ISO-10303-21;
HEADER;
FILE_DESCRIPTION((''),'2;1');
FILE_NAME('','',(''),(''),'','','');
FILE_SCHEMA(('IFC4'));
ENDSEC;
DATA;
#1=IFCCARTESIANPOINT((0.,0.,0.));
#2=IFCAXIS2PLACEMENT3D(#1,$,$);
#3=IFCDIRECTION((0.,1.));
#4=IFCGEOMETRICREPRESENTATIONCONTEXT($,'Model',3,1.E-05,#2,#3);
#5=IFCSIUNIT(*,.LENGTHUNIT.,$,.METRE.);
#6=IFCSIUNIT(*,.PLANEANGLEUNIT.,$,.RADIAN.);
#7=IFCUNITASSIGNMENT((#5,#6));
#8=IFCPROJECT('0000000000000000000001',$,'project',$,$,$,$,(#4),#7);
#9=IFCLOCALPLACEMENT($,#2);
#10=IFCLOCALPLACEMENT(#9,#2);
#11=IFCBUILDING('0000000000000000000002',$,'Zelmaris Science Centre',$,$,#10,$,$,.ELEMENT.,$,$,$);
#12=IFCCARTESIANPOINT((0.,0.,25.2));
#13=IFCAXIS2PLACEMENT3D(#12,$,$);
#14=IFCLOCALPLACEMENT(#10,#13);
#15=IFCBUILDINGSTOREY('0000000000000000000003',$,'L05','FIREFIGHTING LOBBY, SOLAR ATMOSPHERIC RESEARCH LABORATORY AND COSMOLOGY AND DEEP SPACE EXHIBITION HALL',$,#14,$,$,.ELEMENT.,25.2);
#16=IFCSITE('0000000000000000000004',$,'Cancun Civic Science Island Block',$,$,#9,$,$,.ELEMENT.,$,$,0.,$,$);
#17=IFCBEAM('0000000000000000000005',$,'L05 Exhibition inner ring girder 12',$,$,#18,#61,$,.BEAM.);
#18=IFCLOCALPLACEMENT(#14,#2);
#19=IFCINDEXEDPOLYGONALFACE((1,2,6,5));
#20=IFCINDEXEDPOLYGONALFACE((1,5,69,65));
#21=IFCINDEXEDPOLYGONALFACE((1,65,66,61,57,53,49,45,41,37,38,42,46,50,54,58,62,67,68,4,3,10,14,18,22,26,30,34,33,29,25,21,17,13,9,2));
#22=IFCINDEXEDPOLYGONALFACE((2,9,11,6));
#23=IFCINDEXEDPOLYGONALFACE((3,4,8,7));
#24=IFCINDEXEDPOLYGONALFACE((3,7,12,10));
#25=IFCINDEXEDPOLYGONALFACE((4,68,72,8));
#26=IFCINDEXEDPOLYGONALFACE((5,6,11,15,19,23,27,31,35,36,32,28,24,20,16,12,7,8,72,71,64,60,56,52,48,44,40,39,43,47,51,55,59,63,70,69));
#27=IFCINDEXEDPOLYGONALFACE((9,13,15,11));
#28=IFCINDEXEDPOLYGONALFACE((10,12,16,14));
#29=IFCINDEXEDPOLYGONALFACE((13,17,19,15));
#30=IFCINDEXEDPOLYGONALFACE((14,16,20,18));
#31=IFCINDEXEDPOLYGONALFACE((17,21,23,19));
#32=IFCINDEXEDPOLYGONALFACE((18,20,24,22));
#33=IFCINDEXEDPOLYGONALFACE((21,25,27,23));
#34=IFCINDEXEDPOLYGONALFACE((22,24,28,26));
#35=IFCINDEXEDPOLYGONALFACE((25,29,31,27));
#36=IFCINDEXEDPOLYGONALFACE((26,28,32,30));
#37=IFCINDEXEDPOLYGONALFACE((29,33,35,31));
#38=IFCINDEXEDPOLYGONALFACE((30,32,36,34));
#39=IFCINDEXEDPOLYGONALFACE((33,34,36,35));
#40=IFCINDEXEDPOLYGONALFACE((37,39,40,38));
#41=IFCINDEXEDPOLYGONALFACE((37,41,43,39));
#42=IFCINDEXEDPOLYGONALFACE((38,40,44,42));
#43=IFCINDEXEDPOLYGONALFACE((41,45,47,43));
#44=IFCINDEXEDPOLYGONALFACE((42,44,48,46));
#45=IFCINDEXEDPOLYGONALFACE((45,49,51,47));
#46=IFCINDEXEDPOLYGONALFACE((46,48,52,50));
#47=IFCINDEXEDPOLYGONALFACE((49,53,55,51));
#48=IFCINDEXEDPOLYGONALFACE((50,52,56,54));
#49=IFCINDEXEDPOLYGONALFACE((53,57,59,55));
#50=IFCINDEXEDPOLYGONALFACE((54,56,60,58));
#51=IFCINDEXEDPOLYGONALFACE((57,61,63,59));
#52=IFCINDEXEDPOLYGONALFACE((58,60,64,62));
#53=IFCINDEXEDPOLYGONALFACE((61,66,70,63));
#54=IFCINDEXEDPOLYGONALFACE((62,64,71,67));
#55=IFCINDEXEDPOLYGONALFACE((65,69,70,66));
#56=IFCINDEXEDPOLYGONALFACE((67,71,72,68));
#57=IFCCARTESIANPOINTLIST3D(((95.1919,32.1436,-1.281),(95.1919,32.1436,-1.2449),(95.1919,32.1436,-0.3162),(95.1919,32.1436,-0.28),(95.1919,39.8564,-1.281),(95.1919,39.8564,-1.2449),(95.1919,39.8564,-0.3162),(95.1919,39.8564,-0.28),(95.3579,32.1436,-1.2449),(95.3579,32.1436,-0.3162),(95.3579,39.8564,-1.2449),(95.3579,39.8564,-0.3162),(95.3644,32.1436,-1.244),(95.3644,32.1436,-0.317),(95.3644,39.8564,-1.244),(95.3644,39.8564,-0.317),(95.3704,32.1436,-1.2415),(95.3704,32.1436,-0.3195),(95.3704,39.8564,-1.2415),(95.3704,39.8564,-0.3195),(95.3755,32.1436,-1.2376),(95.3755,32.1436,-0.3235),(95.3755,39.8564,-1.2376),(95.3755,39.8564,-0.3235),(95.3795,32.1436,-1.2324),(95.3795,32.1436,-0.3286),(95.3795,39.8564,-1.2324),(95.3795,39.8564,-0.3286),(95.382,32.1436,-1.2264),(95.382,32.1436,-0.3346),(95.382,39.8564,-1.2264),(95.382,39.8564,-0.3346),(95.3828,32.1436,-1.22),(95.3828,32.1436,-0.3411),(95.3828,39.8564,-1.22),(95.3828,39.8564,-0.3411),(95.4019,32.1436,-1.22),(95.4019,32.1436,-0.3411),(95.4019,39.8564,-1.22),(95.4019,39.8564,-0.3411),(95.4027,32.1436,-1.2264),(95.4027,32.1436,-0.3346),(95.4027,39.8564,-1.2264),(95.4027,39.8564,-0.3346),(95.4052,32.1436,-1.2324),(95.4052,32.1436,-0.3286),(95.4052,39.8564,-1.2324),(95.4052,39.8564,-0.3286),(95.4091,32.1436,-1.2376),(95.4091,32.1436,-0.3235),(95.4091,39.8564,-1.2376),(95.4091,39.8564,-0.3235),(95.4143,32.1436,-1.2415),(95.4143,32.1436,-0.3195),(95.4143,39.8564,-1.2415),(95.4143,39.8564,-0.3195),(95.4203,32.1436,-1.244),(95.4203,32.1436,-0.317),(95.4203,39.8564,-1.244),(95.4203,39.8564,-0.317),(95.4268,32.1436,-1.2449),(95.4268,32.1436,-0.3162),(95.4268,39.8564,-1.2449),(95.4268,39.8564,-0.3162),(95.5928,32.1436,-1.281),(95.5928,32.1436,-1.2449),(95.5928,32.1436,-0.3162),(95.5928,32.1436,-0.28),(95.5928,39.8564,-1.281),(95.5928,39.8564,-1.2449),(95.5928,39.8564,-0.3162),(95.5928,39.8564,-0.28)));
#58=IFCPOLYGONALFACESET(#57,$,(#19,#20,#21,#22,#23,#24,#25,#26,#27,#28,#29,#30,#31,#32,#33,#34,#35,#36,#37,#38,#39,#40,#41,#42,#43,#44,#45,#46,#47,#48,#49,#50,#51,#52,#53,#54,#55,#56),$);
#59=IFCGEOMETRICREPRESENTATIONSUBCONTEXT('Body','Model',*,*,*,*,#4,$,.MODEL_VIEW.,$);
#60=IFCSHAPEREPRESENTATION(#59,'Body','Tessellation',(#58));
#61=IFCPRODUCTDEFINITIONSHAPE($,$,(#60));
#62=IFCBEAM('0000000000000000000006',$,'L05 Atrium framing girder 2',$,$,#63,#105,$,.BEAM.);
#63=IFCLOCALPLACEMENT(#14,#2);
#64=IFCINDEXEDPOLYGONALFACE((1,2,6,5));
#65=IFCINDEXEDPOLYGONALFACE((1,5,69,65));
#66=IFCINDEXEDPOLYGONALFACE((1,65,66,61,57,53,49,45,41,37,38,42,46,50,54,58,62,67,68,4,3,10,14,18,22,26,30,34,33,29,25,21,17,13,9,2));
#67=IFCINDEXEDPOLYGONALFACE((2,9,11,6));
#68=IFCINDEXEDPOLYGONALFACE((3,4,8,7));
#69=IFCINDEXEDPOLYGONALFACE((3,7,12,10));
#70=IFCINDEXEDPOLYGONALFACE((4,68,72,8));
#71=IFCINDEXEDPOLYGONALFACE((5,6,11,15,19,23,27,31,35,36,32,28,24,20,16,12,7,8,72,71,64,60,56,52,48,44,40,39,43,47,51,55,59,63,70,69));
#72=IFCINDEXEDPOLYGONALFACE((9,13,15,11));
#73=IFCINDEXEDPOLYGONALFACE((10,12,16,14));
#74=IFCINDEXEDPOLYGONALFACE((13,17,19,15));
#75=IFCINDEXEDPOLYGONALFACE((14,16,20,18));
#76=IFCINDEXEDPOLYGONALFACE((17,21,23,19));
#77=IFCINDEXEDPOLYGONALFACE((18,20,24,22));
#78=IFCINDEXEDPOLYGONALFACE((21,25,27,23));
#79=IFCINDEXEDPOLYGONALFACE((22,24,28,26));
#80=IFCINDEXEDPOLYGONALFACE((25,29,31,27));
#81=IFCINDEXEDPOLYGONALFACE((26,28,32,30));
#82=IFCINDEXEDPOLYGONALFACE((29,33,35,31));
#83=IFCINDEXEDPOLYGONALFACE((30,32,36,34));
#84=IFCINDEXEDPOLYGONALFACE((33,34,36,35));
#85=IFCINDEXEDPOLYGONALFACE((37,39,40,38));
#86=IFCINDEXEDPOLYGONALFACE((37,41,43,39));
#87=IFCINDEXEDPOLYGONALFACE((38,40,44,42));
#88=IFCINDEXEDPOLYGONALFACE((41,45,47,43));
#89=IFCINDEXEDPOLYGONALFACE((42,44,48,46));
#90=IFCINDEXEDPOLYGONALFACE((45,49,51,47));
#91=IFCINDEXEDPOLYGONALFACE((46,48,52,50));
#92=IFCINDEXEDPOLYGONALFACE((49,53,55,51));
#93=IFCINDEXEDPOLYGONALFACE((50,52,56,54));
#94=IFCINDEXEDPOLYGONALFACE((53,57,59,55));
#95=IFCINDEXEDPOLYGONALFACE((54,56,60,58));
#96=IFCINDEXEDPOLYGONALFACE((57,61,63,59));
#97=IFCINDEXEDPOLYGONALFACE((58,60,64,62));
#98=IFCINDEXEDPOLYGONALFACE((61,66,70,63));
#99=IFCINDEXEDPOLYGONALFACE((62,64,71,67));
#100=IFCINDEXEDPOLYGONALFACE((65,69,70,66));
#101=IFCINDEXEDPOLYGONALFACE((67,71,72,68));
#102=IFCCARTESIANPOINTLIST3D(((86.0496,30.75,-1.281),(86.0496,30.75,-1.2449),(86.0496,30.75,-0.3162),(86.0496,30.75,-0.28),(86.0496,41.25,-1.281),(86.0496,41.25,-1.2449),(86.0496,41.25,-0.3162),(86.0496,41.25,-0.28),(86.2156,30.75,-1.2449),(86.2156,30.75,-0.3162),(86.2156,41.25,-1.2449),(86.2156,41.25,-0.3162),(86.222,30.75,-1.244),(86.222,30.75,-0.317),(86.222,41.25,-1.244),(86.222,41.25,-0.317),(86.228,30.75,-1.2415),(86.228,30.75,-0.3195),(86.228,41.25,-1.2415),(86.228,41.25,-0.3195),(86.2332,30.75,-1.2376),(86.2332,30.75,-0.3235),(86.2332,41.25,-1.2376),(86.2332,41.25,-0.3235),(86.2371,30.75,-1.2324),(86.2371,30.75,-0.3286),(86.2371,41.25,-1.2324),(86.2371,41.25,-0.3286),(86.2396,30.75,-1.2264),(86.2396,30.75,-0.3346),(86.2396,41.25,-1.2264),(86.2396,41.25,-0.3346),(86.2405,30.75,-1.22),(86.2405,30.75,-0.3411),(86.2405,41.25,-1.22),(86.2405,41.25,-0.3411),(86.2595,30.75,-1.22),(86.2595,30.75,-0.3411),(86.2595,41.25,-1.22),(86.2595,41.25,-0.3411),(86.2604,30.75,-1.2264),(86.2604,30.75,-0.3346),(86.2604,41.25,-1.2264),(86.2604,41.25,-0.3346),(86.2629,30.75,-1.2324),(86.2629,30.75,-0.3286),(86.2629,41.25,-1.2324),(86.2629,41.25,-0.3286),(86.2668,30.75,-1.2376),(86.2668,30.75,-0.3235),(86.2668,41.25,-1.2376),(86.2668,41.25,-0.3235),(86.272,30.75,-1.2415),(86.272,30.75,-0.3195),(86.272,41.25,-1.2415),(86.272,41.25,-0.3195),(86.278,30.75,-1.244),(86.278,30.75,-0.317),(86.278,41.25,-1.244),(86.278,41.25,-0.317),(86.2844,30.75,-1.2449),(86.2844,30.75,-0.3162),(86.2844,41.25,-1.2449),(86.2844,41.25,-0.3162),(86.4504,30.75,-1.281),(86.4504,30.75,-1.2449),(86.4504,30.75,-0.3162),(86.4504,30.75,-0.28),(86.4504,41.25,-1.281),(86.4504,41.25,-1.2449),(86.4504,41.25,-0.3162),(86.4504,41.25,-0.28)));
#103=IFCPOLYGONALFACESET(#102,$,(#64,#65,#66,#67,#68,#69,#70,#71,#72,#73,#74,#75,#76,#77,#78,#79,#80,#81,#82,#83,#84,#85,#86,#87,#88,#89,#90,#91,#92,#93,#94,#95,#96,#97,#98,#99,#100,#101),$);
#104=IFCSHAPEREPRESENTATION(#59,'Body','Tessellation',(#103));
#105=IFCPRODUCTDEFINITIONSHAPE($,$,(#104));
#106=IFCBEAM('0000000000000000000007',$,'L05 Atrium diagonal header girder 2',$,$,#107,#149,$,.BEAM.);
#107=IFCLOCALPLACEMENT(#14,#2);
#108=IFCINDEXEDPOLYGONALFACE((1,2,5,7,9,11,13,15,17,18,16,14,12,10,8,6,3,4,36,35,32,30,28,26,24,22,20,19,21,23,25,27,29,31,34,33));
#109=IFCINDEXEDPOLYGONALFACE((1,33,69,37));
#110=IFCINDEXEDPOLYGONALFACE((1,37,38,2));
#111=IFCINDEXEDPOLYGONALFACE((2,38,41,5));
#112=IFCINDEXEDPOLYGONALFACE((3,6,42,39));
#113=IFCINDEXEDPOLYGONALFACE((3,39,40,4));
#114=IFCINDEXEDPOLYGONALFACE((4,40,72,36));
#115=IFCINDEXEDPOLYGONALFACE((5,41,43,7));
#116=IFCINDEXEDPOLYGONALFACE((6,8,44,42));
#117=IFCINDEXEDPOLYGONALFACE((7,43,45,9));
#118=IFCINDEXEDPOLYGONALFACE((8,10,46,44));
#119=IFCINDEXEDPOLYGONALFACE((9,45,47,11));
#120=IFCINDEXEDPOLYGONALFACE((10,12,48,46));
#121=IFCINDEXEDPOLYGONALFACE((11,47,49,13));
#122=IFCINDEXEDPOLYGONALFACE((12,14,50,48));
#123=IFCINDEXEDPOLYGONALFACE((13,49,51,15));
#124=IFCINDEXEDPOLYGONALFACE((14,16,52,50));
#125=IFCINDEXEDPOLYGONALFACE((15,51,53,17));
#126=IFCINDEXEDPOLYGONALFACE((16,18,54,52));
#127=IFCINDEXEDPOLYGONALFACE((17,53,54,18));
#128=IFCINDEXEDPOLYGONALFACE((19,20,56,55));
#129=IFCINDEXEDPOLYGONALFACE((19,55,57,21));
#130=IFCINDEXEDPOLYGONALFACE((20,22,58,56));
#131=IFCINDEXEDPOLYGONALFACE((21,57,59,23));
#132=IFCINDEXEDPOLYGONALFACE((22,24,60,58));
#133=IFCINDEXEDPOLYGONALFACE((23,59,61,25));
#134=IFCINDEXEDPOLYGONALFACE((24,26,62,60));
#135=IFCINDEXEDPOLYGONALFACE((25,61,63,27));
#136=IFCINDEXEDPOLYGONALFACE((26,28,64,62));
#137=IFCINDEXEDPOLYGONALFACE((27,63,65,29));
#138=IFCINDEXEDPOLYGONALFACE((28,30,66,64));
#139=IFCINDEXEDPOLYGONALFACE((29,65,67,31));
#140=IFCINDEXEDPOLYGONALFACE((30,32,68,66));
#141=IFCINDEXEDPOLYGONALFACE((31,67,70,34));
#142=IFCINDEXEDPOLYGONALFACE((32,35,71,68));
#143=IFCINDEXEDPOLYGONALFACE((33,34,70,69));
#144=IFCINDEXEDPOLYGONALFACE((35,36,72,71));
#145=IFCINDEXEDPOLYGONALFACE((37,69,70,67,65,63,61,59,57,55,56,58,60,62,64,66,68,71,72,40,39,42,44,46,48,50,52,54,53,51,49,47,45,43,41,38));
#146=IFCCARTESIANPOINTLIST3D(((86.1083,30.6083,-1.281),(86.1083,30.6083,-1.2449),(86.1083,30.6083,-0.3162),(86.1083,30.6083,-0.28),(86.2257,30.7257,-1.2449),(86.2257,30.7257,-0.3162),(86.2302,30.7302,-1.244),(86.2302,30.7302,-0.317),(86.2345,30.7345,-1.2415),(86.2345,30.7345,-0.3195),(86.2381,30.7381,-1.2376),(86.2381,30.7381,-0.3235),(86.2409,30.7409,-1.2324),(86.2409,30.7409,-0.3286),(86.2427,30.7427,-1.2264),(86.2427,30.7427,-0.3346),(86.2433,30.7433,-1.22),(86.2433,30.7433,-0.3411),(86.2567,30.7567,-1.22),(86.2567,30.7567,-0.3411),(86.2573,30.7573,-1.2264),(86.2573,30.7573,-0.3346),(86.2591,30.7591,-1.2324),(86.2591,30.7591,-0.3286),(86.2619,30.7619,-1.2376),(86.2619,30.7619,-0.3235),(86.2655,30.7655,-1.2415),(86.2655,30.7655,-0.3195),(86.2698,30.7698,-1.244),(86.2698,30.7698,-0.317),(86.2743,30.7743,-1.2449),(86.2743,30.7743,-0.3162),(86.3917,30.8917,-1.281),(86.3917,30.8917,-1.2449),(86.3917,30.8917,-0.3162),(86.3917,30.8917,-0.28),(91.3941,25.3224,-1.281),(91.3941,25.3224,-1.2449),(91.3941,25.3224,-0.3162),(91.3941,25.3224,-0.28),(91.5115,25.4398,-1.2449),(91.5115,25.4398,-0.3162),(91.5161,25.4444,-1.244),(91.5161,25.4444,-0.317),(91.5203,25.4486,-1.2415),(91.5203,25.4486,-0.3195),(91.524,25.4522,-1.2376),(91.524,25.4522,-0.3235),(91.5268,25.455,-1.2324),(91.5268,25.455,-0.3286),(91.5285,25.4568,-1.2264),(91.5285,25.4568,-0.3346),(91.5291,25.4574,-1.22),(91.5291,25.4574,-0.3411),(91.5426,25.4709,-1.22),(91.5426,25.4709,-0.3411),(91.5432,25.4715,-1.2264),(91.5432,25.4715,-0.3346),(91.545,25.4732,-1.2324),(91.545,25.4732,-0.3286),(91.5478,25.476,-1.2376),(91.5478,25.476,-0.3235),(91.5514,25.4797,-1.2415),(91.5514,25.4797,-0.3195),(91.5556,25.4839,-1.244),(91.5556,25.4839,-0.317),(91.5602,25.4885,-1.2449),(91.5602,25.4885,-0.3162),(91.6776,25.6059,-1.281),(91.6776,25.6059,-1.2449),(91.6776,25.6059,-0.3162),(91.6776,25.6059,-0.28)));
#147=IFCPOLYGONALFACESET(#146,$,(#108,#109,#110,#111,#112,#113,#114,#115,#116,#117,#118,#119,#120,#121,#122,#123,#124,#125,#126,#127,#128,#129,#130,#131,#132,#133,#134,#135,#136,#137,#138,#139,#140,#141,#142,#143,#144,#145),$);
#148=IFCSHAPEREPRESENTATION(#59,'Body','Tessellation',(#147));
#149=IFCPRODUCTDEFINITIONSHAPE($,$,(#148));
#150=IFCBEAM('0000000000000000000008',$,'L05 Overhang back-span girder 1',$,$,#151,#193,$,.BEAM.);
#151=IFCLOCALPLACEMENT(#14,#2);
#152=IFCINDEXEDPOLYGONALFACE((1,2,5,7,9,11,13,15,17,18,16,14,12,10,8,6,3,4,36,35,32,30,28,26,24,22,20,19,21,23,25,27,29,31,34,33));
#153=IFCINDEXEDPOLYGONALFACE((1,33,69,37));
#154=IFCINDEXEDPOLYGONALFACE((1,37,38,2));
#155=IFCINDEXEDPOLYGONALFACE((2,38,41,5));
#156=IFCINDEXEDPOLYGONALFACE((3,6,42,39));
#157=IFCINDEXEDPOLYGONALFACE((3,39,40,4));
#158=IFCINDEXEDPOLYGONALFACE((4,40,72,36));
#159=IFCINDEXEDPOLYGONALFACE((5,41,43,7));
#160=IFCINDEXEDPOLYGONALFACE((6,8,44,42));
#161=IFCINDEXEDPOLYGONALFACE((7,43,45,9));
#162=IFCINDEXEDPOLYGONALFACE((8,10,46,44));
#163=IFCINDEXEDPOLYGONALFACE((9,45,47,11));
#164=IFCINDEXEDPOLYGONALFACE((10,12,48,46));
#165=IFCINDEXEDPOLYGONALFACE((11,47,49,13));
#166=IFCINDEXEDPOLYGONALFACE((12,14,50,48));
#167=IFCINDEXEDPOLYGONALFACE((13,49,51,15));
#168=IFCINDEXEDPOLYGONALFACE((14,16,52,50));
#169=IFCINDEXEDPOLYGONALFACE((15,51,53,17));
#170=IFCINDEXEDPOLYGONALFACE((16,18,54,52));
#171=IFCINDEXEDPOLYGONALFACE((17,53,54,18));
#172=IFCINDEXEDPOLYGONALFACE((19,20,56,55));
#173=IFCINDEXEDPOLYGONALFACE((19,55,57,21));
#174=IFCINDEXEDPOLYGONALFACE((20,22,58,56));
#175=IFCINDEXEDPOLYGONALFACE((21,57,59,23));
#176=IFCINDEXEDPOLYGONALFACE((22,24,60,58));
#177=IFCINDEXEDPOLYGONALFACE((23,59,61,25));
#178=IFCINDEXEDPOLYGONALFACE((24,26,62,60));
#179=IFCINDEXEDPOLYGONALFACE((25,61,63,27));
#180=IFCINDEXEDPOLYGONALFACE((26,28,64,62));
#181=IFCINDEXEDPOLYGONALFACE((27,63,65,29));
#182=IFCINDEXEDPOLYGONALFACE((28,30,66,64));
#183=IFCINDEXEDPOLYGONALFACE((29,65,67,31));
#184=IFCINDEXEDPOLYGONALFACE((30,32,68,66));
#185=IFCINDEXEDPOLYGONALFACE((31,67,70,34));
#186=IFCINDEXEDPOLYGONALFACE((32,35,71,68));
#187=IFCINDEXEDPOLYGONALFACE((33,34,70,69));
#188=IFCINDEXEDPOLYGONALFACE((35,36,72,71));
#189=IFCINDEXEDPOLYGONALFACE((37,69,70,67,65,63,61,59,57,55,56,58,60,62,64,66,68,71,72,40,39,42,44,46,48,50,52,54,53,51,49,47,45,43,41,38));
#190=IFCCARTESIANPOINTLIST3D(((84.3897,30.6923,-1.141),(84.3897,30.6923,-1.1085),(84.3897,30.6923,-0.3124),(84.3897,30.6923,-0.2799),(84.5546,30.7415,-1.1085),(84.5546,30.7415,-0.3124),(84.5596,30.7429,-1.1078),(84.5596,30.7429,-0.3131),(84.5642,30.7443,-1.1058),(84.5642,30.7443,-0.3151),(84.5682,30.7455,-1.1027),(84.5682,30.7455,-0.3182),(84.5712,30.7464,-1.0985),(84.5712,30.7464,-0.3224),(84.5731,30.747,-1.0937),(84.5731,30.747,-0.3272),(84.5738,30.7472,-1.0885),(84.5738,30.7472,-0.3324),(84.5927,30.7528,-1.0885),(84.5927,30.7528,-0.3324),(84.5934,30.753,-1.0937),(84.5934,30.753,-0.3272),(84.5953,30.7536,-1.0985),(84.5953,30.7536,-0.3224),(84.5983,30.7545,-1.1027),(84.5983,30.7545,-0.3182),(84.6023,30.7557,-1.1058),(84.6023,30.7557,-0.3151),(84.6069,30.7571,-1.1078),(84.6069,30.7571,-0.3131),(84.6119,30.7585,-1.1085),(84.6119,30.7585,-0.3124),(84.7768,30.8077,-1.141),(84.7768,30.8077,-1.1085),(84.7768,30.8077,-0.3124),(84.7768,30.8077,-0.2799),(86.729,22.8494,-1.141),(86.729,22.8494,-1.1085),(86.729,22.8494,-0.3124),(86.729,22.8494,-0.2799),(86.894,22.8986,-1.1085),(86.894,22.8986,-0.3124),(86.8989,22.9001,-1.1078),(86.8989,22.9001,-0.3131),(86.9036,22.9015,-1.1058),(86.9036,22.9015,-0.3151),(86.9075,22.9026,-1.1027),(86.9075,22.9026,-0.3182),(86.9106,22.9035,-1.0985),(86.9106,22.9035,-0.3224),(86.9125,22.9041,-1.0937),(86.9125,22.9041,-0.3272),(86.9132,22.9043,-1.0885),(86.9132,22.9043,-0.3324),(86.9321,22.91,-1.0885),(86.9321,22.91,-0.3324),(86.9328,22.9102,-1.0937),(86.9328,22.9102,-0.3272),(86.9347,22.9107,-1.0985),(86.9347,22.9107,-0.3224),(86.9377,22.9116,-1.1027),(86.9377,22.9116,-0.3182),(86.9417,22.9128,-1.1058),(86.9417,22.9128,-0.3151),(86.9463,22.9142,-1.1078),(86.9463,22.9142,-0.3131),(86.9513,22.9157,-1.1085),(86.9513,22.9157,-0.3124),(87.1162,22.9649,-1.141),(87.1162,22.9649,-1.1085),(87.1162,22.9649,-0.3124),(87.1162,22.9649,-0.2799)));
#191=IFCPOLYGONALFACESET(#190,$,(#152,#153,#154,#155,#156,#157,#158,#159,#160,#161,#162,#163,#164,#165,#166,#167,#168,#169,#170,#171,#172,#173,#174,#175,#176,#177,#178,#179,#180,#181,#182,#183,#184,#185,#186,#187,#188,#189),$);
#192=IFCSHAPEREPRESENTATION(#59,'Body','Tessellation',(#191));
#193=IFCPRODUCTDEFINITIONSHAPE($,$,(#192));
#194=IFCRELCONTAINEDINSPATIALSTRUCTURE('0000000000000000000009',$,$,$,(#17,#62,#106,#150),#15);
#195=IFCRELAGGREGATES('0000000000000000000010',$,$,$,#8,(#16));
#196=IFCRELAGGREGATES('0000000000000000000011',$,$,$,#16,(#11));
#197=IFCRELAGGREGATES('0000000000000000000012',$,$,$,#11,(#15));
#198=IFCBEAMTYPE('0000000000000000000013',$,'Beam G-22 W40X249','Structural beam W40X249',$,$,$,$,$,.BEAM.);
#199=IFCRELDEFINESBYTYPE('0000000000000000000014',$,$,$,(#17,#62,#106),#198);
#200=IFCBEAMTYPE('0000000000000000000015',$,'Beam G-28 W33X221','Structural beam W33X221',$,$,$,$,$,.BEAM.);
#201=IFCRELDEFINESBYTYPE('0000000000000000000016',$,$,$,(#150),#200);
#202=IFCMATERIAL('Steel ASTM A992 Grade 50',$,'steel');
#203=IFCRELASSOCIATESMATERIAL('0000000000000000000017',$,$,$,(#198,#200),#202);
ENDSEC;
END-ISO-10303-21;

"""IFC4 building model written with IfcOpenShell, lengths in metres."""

from ifc_helpers import new_model, si_unit, direction, frame, origin, origin_2d, place, context, subcontext, project, spatial, i_section, extrude, material, material_profile, profile_set, type_object, element, save


model = new_model("IFC4")

# Units and contexts
model_context = context("Model", 3, precision=1e-05, world=origin(), true_north=direction((0.0, 1.0)))
body_context = subcontext(model_context, "Body", "Model", "MODEL_VIEW")
ifc_project = project(units=[si_unit("LENGTHUNIT", "METRE"), si_unit("PLANEANGLEUNIT", "RADIAN")], contexts=[model_context])

# Site, building, storey
site_placement = place(None, origin())
site = spatial("IfcSite", under=ifc_project, at=site_placement, Name="Cancun Civic Science Island Block", CompositionType="ELEMENT", RefElevation=0.0)
building_placement = place(site_placement, origin())
building = spatial("IfcBuilding", under=site, at=building_placement, Name="Zelmaris Science Centre", CompositionType="ELEMENT")
storey_placement = place(building_placement, frame((0.0, 0.0, 25.2)))
storey = spatial("IfcBuildingStorey", under=building, at=storey_placement, Name="L05", Description="FIREFIGHTING LOBBY, SOLAR ATMOSPHERIC RESEARCH LABORATORY AND COSMOLOGY AND DEEP SPACE EXHIBITION HALL", CompositionType="ELEMENT", Elevation=25.2)

# Shared definitions
ifc_material_1 = material(Name="Steel ASTM A992 Grade 50", Category="steel")

# Beams
ifc_material_profile_1 = material_profile(ifc_material_1, i_section(OverallWidth=0.4009, OverallDepth=1.001, WebThickness=0.019, FlangeThickness=0.0361, FilletRadius=0.0249, at=origin_2d()), Name="W40X249")
ifc_profile_set_1 = profile_set([ifc_material_profile_1], Name="Steel ASTM A992 Grade 50")
beam_type_1 = type_object("IfcBeamType", Name="Beam G-22 W40X249", Description="Structural beam W40X249", PredefinedType="BEAM", material=ifc_profile_set_1)
beam_1_placement = place(storey_placement, frame((95.3923, 32.1436, -0.7805), z_axis=(0.0, 1.0, 0.0), x_axis=(-1.0, 0.0, 0.0)))
element("IfcBeam", 1, at=beam_1_placement, inside=storey, type_object=beam_type_1, Name="L05 Exhibition inner ring girder 12", PredefinedType="BEAM", context=body_context, shape_type="SweptSolid", body=[
    extrude(i_section(OverallWidth=0.4009, OverallDepth=1.001, WebThickness=0.019, FlangeThickness=0.0361, FilletRadius=0.0249, at=origin_2d()), origin(), (0.0, 0.0, 1.0), 7.7129),
])
beam_2_placement = place(storey_placement, frame((86.25, 30.75, -0.7805), z_axis=(0.0, 1.0, 0.0), x_axis=(-1.0, 0.0, 0.0)))
element("IfcBeam", 2, at=beam_2_placement, inside=storey, type_object=beam_type_1, Name="L05 Atrium framing girder 2", PredefinedType="BEAM", context=body_context, shape_type="SweptSolid", body=[
    extrude(i_section(OverallWidth=0.4009, OverallDepth=1.001, WebThickness=0.019, FlangeThickness=0.0361, FilletRadius=0.0249, at=origin_2d()), origin(), (0.0, 0.0, 1.0), 10.5),
])
beam_3_placement = place(storey_placement, frame((86.25, 30.75, -0.7805), z_axis=(0.707107, -0.707107, 0.0), x_axis=(0.707107, 0.707107, 0.0)))
element("IfcBeam", 3, at=beam_3_placement, inside=storey, type_object=beam_type_1, Name="L05 Atrium diagonal header girder 2", PredefinedType="BEAM", context=body_context, shape_type="SweptSolid", body=[
    extrude(i_section(OverallWidth=0.4009, OverallDepth=1.001, WebThickness=0.019, FlangeThickness=0.0361, FilletRadius=0.0249, at=origin_2d()), origin(), (0.0, 0.0, 1.0), 7.4753),
])
ifc_material_profile_2 = material_profile(ifc_material_1, i_section(OverallWidth=0.4041, OverallDepth=0.8611, WebThickness=0.0198, FlangeThickness=0.0325, FilletRadius=0.02, at=origin_2d()), Name="W33X221")
ifc_profile_set_2 = profile_set([ifc_material_profile_2], Name="Steel ASTM A992 Grade 50")
beam_type_2 = type_object("IfcBeamType", Name="Beam G-28 W33X221", Description="Structural beam W33X221", PredefinedType="BEAM", material=ifc_profile_set_2)
beam_4_placement = place(storey_placement, frame((84.5833, 30.75, -0.7104), z_axis=(0.285837, -0.958278, 0.0), x_axis=(0.958278, 0.285837, 0.0)))
element("IfcBeam", 4, at=beam_4_placement, inside=storey, type_object=beam_type_2, Name="L05 Overhang back-span girder 1", PredefinedType="BEAM", context=body_context, shape_type="SweptSolid", body=[
    extrude(i_section(OverallWidth=0.4041, OverallDepth=0.8611, WebThickness=0.0198, FlangeThickness=0.0325, FilletRadius=0.02, at=origin_2d()), origin(), (0.0, 0.0, 1.0), 8.1843),
])

save(model, "model.ifc")
